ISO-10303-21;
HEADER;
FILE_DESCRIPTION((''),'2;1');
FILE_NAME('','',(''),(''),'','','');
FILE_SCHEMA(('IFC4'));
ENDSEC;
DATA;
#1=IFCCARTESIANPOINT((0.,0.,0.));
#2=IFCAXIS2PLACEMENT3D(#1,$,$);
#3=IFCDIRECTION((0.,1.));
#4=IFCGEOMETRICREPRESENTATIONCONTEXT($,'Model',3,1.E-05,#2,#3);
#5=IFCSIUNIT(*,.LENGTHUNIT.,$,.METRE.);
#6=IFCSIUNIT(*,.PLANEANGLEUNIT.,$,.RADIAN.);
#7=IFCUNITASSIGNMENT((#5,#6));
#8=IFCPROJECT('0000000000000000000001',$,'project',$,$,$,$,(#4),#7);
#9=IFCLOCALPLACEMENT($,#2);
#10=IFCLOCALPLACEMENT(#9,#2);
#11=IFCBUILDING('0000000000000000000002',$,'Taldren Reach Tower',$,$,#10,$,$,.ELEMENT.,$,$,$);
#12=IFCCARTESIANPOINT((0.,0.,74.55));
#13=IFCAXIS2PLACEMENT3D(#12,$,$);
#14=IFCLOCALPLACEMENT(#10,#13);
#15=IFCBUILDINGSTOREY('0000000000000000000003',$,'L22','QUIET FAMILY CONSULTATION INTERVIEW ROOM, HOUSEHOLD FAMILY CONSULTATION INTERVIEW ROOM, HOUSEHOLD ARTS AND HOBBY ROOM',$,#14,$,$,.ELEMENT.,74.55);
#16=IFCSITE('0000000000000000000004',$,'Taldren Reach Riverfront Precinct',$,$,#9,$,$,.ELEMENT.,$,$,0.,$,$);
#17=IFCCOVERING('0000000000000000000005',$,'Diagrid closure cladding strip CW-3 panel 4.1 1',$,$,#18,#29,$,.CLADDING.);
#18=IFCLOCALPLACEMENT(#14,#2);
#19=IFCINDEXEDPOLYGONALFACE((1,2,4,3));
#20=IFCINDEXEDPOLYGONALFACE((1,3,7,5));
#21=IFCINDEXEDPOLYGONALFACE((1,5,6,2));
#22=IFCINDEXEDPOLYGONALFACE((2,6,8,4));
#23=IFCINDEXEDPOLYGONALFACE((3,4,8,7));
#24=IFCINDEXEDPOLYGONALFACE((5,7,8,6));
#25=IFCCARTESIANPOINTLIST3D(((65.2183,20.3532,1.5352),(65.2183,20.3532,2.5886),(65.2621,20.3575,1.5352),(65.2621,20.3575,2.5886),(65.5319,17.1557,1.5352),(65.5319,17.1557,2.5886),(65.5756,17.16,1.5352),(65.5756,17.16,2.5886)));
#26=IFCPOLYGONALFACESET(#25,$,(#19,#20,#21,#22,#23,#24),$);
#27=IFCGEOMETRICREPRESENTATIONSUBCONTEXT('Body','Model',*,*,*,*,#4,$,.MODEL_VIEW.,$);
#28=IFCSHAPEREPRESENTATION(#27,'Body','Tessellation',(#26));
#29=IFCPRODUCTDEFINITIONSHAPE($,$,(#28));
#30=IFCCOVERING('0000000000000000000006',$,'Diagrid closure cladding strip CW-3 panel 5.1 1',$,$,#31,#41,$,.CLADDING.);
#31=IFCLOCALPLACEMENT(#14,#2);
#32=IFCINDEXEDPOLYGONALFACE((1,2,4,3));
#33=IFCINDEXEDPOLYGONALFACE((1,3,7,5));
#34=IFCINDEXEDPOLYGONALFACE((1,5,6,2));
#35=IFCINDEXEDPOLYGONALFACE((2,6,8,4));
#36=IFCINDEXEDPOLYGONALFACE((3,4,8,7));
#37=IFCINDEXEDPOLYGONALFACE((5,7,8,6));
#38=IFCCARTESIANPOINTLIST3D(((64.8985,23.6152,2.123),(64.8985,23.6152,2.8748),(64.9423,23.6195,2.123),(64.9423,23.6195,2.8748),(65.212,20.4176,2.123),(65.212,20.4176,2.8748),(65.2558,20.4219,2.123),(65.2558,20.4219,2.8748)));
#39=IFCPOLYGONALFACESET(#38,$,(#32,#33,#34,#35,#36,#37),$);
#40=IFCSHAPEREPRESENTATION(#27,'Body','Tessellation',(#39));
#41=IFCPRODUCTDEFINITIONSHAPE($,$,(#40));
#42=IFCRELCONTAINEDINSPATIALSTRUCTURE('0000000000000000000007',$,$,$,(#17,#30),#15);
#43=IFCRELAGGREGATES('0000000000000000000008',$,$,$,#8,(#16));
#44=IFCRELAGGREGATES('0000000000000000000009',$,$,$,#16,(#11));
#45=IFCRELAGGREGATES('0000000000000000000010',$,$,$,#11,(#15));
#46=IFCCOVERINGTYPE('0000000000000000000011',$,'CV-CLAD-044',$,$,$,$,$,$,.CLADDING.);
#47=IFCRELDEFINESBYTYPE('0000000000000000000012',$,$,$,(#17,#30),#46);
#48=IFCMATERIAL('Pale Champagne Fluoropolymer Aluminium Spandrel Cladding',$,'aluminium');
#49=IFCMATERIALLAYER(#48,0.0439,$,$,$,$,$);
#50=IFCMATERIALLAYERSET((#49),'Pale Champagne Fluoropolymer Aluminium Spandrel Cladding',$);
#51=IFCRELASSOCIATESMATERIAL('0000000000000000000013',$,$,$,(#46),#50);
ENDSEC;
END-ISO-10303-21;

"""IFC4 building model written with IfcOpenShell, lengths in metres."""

from ifc_helpers import new_model, si_unit, direction, frame, origin, origin_2d, place, context, subcontext, project, spatial, rectangle, extrude, source, transform, mapped, material, layer, layer_set, type_object, element, save


model = new_model("IFC4")

# Units and contexts
model_context = context("Model", 3, precision=1e-05, world=origin(), true_north=direction((0.0, 1.0)))
body_context = subcontext(model_context, "Body", "Model", "MODEL_VIEW")
ifc_project = project(units=[si_unit("LENGTHUNIT", "METRE"), si_unit("PLANEANGLEUNIT", "RADIAN")], contexts=[model_context])

# Site, building, storey
site_placement = place(None, origin())
site = spatial("IfcSite", under=ifc_project, at=site_placement, Name="Taldren Reach Riverfront Precinct", CompositionType="ELEMENT", RefElevation=0.0)
building_placement = place(site_placement, origin())
building = spatial("IfcBuilding", under=site, at=building_placement, Name="Taldren Reach Tower", CompositionType="ELEMENT")
storey_placement = place(building_placement, frame((0.0, 0.0, 74.55)))
storey = spatial("IfcBuildingStorey", under=building, at=storey_placement, Name="L22", Description="QUIET FAMILY CONSULTATION INTERVIEW ROOM, HOUSEHOLD FAMILY CONSULTATION INTERVIEW ROOM, HOUSEHOLD ARTS AND HOBBY ROOM", CompositionType="ELEMENT", Elevation=74.55)

# Coverings
ifc_material_1 = material(Name="Pale Champagne Fluoropolymer Aluminium Spandrel Cladding", Category="aluminium")
ifc_layer_1 = layer(ifc_material_1, 0.0439)
ifc_layer_set_1 = layer_set([ifc_layer_1], Name="Pale Champagne Fluoropolymer Aluminium Spandrel Cladding")
covering_type = type_object("IfcCoveringType", Name="CV-CLAD-044", PredefinedType="CLADDING", material=ifc_layer_set_1)
shared_shape_1 = source(origin(), body_context, "Body", "SweptSolid", [
    extrude(rectangle(XDim=3.2129, YDim=0.0439, at=origin_2d()), origin(), (0.0, 0.0, 1.0), 1.0535),
])
covering_1_placement = place(storey_placement, frame((65.397, 18.7566, 1.5352), z_axis=(0.0, 0.0, 1.0), x_axis=(-0.097583, 0.995227, 0.0)))
element("IfcCovering", 1, at=covering_1_placement, inside=storey, type_object=covering_type, Name="Diagrid closure cladding strip CW-3 panel 4.1 1", PredefinedType="CLADDING", context=body_context, shape_type="MappedRepresentation", body=[
    mapped(shared_shape_1, transform((0.0, 0.0, 0.0), scale=1.0)),
])
shared_shape_2 = source(origin(), body_context, "Body", "SweptSolid", [
    extrude(rectangle(XDim=3.2129, YDim=0.0439, at=origin_2d()), origin(), (0.0, 0.0, 1.0), 0.7517),
])
covering_2_placement = place(storey_placement, frame((65.0771, 22.0186, 2.123), z_axis=(0.0, 0.0, 1.0), x_axis=(-0.097583, 0.995227, 0.0)))
element("IfcCovering", 2, at=covering_2_placement, inside=storey, type_object=covering_type, Name="Diagrid closure cladding strip CW-3 panel 5.1 1", PredefinedType="CLADDING", context=body_context, shape_type="MappedRepresentation", body=[
    mapped(shared_shape_2, transform((0.0, 0.0, 0.0), scale=1.0)),
])

save(model, "model.ifc")
